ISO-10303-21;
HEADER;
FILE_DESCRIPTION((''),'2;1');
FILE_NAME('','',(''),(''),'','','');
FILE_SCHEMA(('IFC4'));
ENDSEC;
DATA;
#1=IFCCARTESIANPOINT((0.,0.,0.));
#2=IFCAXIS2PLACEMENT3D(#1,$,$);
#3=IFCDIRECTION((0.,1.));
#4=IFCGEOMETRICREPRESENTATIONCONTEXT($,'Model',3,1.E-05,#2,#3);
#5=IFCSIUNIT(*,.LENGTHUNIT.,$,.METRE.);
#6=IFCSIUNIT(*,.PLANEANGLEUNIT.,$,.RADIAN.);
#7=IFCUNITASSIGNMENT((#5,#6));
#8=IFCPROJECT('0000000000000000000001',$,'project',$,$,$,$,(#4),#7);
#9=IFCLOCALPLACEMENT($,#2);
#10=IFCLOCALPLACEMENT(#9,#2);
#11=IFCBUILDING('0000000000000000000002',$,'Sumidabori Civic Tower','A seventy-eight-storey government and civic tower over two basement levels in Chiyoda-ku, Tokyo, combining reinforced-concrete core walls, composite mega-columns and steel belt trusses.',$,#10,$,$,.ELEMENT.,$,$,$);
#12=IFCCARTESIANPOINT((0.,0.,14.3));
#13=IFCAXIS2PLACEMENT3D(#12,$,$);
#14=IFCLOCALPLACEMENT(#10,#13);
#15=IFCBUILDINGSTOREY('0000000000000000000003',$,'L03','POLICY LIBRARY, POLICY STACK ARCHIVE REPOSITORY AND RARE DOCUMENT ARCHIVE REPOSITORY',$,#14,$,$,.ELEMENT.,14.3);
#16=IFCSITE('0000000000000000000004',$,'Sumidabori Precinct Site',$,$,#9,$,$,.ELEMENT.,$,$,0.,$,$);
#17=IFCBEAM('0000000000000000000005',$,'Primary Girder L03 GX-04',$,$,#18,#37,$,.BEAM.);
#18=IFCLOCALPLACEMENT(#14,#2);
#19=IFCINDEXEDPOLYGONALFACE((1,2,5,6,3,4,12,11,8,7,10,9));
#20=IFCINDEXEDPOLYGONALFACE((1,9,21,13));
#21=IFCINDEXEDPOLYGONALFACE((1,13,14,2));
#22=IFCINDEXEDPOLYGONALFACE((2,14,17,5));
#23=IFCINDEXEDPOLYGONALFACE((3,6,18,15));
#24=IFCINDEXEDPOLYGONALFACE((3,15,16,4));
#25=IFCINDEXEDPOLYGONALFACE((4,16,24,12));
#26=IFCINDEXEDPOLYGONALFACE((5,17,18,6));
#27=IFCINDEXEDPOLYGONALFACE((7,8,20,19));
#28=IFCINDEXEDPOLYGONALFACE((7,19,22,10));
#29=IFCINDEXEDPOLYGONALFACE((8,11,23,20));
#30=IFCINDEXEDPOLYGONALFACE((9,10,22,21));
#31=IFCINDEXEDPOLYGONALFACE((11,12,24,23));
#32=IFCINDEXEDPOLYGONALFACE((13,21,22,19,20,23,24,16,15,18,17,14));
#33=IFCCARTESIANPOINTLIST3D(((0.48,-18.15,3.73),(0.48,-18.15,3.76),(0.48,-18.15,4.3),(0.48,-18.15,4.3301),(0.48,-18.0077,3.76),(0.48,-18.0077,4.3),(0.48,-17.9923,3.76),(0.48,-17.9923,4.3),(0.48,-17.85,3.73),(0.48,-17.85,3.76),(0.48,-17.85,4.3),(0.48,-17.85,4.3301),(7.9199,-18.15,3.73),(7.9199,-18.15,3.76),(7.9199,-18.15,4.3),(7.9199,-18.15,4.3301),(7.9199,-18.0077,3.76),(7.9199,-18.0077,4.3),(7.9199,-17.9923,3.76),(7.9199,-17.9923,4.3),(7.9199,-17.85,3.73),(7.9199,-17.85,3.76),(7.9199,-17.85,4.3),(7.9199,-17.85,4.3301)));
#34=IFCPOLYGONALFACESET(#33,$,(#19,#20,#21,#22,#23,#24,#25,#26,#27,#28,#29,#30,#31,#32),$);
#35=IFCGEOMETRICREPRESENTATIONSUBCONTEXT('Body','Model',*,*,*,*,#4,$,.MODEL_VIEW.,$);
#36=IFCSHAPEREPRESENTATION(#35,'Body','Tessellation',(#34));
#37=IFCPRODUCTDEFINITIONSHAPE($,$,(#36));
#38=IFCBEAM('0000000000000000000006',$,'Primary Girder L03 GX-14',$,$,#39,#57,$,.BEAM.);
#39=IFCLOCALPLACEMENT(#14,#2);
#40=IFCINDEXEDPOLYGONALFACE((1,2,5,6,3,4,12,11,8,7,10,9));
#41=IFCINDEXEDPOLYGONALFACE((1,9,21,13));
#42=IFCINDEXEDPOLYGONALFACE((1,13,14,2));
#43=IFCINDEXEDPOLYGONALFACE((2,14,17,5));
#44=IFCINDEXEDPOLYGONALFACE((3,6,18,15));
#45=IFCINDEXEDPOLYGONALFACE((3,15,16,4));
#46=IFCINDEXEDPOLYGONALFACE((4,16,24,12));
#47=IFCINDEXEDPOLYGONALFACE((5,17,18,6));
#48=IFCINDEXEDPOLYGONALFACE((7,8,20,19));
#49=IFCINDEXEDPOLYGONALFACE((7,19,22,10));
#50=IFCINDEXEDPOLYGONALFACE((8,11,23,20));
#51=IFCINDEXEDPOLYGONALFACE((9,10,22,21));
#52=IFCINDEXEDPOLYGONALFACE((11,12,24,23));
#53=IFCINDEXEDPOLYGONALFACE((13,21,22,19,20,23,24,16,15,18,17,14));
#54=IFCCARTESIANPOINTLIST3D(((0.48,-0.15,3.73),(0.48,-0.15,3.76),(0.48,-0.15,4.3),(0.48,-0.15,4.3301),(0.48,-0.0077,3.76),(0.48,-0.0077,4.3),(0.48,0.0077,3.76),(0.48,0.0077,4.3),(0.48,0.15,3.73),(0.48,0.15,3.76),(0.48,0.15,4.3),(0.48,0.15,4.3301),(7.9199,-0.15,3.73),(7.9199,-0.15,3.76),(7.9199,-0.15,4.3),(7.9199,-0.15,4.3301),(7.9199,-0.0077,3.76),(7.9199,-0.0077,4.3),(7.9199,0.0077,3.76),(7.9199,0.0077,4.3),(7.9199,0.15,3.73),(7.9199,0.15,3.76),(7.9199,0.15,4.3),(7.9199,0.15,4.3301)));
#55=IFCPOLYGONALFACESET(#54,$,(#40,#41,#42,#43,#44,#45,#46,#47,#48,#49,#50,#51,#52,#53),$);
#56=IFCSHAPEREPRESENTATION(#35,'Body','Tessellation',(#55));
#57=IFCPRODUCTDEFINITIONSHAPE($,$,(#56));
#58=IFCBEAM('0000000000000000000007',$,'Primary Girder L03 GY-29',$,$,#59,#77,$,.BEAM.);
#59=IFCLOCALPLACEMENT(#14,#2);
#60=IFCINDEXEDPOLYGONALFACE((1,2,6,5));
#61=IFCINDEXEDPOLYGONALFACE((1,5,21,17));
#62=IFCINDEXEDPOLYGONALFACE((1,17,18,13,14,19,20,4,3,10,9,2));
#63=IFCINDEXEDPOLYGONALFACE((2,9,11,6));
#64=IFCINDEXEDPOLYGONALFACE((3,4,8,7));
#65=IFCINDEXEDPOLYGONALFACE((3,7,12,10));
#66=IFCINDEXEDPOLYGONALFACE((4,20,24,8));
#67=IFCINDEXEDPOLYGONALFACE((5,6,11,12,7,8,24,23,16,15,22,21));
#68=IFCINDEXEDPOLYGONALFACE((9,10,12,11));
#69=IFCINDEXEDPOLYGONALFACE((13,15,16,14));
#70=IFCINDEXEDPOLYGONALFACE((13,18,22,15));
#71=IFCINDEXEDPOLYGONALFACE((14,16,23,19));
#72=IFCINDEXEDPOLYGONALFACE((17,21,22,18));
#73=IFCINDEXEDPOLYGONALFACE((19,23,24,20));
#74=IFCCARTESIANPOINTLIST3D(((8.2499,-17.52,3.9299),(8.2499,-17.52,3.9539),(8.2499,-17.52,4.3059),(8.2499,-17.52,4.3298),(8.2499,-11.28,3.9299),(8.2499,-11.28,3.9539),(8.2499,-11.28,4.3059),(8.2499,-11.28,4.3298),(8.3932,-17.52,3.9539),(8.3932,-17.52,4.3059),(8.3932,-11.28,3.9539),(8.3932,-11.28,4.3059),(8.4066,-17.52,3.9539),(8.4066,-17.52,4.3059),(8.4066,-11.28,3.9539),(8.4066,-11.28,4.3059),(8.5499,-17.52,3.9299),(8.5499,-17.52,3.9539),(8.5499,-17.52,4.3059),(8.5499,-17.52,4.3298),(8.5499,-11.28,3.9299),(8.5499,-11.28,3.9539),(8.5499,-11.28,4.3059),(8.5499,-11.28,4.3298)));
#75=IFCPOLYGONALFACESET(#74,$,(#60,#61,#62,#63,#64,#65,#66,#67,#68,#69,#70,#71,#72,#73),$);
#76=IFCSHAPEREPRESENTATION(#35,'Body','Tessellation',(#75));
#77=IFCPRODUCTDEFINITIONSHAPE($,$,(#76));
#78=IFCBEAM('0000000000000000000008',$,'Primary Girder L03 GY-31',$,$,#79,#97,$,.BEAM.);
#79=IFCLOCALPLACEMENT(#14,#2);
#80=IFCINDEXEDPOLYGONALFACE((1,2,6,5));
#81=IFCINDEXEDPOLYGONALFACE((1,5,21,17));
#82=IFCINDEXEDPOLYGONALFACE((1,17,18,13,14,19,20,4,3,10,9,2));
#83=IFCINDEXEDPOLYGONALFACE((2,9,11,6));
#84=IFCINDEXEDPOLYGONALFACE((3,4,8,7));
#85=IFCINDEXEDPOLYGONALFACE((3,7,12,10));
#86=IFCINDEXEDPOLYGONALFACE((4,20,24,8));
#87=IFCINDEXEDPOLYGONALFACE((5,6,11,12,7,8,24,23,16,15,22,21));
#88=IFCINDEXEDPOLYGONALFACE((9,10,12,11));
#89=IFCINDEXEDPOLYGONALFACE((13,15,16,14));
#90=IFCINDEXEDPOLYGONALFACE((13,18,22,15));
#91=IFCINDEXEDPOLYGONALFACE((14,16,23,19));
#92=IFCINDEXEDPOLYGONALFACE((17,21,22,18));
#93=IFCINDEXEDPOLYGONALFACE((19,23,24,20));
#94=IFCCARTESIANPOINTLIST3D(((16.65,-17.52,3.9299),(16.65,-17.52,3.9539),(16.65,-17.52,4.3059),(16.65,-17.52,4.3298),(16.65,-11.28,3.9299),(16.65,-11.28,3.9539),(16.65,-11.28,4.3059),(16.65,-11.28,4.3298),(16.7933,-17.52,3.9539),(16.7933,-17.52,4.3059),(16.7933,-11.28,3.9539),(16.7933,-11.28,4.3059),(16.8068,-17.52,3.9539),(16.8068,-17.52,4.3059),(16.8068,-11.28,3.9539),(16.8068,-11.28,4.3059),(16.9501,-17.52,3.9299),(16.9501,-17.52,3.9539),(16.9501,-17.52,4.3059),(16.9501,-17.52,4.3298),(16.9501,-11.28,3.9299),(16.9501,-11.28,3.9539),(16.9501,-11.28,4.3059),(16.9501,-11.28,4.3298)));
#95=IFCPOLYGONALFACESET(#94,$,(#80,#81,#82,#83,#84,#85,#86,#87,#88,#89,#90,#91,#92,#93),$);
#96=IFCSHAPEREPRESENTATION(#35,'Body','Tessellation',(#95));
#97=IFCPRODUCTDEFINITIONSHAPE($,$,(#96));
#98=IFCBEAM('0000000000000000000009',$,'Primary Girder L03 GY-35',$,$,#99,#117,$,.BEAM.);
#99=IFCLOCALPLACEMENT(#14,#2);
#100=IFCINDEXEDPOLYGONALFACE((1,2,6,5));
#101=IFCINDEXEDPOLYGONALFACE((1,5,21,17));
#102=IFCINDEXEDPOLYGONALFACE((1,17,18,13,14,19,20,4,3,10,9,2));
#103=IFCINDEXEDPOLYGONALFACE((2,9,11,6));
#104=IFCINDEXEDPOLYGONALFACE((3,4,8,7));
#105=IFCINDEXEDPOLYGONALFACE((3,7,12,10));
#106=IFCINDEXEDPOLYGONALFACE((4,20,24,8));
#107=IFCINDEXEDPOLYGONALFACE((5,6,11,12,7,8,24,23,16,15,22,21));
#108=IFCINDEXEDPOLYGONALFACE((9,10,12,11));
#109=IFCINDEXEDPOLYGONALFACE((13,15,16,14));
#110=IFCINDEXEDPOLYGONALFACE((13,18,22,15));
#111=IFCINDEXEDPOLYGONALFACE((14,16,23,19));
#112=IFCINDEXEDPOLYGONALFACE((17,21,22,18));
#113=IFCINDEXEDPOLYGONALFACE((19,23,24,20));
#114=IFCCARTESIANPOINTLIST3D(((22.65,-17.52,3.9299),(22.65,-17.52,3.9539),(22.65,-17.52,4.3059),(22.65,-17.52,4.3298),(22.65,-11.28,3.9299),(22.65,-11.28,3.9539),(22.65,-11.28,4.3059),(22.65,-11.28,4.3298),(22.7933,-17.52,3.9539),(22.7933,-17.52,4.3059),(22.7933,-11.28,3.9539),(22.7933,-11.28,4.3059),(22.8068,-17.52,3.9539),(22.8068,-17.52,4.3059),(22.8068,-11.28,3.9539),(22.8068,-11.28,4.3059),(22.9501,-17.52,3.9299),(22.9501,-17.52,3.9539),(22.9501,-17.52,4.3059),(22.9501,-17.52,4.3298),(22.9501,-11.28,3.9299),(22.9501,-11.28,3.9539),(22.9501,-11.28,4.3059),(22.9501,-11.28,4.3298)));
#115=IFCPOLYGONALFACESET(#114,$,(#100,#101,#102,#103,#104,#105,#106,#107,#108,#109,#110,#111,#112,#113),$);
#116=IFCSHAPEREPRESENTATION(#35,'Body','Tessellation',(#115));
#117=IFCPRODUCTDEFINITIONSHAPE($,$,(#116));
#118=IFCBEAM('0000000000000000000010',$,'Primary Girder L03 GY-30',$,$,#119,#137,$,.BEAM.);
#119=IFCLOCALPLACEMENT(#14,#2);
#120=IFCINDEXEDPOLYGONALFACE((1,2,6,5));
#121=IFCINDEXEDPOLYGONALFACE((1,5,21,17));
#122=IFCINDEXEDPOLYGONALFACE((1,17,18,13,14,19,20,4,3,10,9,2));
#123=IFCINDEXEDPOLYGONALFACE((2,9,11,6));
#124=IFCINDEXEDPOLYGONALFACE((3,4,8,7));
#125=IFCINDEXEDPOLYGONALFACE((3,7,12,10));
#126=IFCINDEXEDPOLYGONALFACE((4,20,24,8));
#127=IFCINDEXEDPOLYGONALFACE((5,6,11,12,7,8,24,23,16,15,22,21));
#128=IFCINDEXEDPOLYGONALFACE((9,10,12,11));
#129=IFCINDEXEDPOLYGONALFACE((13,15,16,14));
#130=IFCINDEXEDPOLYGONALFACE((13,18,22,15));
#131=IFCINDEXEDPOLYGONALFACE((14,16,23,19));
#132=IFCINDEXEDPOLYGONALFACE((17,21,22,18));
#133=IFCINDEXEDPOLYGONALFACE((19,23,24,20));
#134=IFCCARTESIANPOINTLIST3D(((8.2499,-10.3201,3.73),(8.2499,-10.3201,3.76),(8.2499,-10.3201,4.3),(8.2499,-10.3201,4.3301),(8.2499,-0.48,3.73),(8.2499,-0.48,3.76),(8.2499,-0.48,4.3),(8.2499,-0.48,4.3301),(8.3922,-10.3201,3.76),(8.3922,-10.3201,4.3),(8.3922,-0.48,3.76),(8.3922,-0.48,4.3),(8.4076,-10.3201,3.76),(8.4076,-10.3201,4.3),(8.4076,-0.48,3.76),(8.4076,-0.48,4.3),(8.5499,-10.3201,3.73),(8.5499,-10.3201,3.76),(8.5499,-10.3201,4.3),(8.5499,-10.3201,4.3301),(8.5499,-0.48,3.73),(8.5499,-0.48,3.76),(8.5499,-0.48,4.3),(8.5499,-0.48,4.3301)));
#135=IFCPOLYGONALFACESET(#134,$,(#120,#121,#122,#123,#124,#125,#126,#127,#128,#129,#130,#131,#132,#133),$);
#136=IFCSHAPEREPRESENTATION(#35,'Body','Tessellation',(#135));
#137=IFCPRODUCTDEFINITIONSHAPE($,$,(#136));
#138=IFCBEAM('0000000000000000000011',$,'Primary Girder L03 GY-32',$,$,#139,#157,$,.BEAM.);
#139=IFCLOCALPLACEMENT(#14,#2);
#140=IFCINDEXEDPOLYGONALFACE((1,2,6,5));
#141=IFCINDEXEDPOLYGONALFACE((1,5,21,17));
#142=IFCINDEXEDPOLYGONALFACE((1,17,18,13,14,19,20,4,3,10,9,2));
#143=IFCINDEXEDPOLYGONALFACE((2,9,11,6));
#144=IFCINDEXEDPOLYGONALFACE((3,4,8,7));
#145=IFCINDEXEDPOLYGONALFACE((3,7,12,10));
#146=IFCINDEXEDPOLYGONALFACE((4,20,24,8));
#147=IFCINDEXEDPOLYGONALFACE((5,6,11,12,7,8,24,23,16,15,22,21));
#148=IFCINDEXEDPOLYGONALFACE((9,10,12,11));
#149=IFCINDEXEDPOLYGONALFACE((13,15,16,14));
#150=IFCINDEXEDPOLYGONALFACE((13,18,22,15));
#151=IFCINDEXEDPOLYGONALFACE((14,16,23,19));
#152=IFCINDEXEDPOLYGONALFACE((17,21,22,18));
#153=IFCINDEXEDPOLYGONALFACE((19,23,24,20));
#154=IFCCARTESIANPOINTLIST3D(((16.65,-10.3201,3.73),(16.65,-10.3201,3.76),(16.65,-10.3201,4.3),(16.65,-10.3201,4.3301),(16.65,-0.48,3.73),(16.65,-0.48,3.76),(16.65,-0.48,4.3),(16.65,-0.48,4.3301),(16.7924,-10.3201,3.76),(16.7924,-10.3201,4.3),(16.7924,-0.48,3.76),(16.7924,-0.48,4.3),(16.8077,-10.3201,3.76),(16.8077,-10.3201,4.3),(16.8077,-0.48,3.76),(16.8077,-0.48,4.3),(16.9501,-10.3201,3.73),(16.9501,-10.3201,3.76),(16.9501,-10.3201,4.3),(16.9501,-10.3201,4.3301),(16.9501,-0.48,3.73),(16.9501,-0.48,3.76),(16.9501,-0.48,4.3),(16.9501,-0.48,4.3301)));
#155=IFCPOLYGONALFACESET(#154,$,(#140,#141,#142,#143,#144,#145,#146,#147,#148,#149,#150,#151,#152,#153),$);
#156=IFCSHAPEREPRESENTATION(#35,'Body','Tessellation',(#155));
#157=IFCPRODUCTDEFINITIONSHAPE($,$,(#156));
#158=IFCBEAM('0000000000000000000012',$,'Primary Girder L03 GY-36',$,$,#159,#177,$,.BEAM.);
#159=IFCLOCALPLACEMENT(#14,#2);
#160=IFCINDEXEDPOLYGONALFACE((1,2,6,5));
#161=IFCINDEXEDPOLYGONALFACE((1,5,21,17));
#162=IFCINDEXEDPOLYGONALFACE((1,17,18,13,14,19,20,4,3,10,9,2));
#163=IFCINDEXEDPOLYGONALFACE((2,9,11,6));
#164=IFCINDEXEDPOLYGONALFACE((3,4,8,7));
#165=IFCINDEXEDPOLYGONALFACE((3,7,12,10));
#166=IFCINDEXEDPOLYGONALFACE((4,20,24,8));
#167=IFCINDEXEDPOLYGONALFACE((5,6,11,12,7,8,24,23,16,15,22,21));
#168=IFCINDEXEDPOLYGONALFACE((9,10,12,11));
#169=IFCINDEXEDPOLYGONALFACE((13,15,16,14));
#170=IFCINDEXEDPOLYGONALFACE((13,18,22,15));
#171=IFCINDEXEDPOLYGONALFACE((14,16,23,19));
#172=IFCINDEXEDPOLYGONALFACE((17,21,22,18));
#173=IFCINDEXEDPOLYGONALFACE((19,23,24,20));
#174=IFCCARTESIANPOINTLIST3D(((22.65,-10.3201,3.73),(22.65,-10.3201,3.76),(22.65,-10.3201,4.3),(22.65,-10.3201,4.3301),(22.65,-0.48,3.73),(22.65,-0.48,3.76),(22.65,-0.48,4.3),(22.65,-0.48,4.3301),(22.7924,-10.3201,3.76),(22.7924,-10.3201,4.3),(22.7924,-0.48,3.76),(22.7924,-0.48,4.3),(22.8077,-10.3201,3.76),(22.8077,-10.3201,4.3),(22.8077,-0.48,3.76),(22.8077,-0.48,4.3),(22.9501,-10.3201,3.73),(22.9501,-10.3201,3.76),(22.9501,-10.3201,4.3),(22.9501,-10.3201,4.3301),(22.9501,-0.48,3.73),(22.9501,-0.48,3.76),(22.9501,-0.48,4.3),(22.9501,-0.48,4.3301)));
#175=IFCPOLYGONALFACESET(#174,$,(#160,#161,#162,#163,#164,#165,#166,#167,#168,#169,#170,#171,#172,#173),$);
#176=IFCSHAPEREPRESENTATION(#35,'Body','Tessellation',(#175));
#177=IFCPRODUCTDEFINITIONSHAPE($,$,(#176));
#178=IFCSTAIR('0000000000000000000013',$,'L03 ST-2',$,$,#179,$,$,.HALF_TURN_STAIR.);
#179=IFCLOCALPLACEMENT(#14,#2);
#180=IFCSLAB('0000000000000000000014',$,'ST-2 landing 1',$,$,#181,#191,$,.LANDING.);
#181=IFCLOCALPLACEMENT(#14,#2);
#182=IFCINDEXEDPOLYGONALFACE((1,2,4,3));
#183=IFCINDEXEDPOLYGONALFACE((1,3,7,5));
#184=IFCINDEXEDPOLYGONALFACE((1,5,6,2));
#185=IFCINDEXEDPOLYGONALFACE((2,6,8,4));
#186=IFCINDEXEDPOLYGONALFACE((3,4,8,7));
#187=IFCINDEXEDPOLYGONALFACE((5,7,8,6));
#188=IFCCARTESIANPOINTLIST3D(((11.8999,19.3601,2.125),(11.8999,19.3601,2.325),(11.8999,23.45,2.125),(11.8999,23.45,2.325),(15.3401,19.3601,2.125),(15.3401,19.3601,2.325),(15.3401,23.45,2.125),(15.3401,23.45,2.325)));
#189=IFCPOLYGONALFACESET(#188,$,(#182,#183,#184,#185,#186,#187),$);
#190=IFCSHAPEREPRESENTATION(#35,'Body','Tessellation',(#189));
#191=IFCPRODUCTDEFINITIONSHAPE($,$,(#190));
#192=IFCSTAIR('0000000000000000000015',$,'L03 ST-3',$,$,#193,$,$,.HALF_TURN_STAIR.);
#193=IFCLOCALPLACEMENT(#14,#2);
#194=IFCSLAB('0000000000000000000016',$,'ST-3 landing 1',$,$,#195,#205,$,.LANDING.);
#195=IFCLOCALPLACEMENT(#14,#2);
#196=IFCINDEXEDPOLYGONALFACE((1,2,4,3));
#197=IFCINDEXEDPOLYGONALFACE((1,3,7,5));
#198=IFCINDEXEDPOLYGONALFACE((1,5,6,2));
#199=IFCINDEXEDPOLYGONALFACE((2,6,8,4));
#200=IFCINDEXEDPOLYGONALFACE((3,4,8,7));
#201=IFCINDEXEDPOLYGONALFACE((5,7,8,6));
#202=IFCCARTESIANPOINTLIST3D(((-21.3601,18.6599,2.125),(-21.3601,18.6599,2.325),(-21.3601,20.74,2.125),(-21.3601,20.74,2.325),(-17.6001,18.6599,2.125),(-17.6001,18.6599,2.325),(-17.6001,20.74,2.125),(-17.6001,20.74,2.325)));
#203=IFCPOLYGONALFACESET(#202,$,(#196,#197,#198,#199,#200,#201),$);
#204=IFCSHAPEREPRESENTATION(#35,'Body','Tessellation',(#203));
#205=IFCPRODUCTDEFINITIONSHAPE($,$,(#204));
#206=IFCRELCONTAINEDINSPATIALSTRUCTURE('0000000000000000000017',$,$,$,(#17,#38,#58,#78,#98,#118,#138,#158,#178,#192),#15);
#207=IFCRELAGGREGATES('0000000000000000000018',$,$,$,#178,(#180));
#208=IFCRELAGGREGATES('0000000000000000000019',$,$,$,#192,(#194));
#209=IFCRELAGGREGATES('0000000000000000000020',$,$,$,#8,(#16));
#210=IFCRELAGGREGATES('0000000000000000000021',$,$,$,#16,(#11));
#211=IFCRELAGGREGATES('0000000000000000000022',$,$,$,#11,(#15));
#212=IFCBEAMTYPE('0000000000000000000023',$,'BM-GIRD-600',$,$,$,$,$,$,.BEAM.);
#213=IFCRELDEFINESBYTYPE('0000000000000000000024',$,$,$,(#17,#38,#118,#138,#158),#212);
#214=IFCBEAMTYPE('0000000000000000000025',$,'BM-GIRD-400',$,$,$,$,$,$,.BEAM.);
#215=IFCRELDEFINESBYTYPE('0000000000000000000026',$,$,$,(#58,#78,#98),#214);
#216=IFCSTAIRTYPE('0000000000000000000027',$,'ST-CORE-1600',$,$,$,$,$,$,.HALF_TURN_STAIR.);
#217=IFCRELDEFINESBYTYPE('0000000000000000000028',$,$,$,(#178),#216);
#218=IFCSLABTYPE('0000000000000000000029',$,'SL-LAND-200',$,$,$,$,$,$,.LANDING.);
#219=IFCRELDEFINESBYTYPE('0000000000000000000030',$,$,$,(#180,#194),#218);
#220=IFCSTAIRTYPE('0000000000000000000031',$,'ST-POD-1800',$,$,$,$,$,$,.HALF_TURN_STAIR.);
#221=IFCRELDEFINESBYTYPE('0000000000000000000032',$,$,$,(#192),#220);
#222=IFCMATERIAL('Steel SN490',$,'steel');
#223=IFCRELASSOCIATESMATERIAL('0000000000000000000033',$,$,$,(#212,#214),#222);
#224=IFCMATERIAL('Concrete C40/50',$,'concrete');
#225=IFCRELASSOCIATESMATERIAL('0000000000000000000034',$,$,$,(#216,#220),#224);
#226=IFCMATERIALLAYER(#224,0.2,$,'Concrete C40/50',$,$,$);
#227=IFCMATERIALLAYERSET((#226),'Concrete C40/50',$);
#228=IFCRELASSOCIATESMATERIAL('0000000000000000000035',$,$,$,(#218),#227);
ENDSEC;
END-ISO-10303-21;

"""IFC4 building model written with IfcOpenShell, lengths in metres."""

from ifc_helpers import new_model, si_unit, direction, frame, origin, origin_2d, place, context, subcontext, project, spatial, polyline, i_section, outline, extrude, source, transform, mapped, material, layer, layer_set, material_profile, profile_set, type_object, element, aggregate, save


model = new_model("IFC4")

# Units and contexts
model_context = context("Model", 3, precision=1e-05, world=origin(), true_north=direction((0.0, 1.0)))
body_context = subcontext(model_context, "Body", "Model", "MODEL_VIEW")
ifc_project = project(units=[si_unit("LENGTHUNIT", "METRE"), si_unit("PLANEANGLEUNIT", "RADIAN")], contexts=[model_context])

# Site, building, storey
site_placement = place(None, origin())
site = spatial("IfcSite", under=ifc_project, at=site_placement, Name="Sumidabori Precinct Site", CompositionType="ELEMENT", RefElevation=0.0)
building_placement = place(site_placement, origin())
building = spatial("IfcBuilding", under=site, at=building_placement, Name="Sumidabori Civic Tower", Description="A seventy-eight-storey government and civic tower over two basement levels in Chiyoda-ku, Tokyo, combining reinforced-concrete core walls, composite mega-columns and steel belt trusses.", CompositionType="ELEMENT")
storey_placement = place(building_placement, frame((0.0, 0.0, 14.3)))
storey = spatial("IfcBuildingStorey", under=building, at=storey_placement, Name="L03", Description="POLICY LIBRARY, POLICY STACK ARCHIVE REPOSITORY AND RARE DOCUMENT ARCHIVE REPOSITORY", CompositionType="ELEMENT", Elevation=14.3)

# Beams
ifc_material_1 = material(Name="Steel SN490", Category="steel")
ifc_material_profile_1 = material_profile(ifc_material_1, i_section(OverallWidth=0.3, OverallDepth=0.6001, WebThickness=0.0154, FlangeThickness=0.03, at=origin_2d()), Name="HE 600 B")
ifc_profile_set_1 = profile_set([ifc_material_profile_1], Name="Steel SN490")
beam_type_1 = type_object("IfcBeamType", Name="BM-GIRD-600", PredefinedType="BEAM", material=ifc_profile_set_1)
shared_shape_1 = source(origin(), body_context, "Body", "SweptSolid", [
    extrude(i_section(OverallWidth=0.3, OverallDepth=0.6001, WebThickness=0.0154, FlangeThickness=0.03, at=origin_2d()), origin(), (0.0, 0.0, 1.0), 7.4399),
])
for number, where, z_axis, x_axis, name in (
    (1, (0.48, -18.0, 4.03), (1.0, 0.0, 0.0), (0.0, 1.0, 0.0), "Primary Girder L03 GX-04"),
    (2, (0.48, 0.0, 4.03), (1.0, 0.0, 0.0), (0.0, 1.0, 0.0), "Primary Girder L03 GX-14"),
):
    element("IfcBeam", number, at=place(storey_placement, frame(where, z_axis=z_axis, x_axis=x_axis)), inside=storey, type_object=beam_type_1, Name=name, PredefinedType="BEAM", context=body_context, shape_type="MappedRepresentation", body=[
        mapped(shared_shape_1, transform((0.0, 0.0, 0.0), x_axis=(1.0, 0.0, 0.0), y_axis=(0.0, 1.0, 0.0), z_axis=(0.0, 0.0, 1.0), scale=1.0)),
    ])
ifc_material_profile_2 = material_profile(ifc_material_1, i_section(OverallWidth=0.3, OverallDepth=0.3999, WebThickness=0.0134, FlangeThickness=0.0239, at=origin_2d()), Name="HE 400 B")
ifc_profile_set_2 = profile_set([ifc_material_profile_2], Name="Steel SN490")
beam_type_2 = type_object("IfcBeamType", Name="BM-GIRD-400", PredefinedType="BEAM", material=ifc_profile_set_2)
shared_shape_2 = source(origin(), body_context, "Body", "SweptSolid", [
    extrude(i_section(OverallWidth=0.3, OverallDepth=0.3999, WebThickness=0.0134, FlangeThickness=0.0239, at=origin_2d()), origin(), (0.0, 0.0, 1.0), 6.24),
])
for number, where, z_axis, x_axis, name in (
    (3, (8.3999, -17.52, 4.1299), (0.0, 1.0, 0.0), (-1.0, 0.0, 0.0), "Primary Girder L03 GY-29"),
    (4, (16.8, -17.52, 4.1299), (0.0, 1.0, 0.0), (-1.0, 0.0, 0.0), "Primary Girder L03 GY-31"),
    (5, (22.8, -17.52, 4.1299), (0.0, 1.0, 0.0), (-1.0, 0.0, 0.0), "Primary Girder L03 GY-35"),
):
    element("IfcBeam", number, at=place(storey_placement, frame(where, z_axis=z_axis, x_axis=x_axis)), inside=storey, type_object=beam_type_2, Name=name, PredefinedType="BEAM", context=body_context, shape_type="MappedRepresentation", body=[
        mapped(shared_shape_2, transform((0.0, 0.0, 0.0), x_axis=(1.0, 0.0, 0.0), y_axis=(0.0, 1.0, 0.0), z_axis=(0.0, 0.0, 1.0), scale=1.0)),
    ])
shared_shape_3 = source(origin(), body_context, "Body", "SweptSolid", [
    extrude(i_section(OverallWidth=0.3, OverallDepth=0.6001, WebThickness=0.0154, FlangeThickness=0.03, at=origin_2d()), origin(), (0.0, 0.0, 1.0), 9.8401),
])
for number, where, z_axis, x_axis, name in (
    (6, (8.3999, -10.3201, 4.03), (0.0, 1.0, 0.0), (-1.0, 0.0, 0.0), "Primary Girder L03 GY-30"),
    (7, (16.8, -10.3201, 4.03), (0.0, 1.0, 0.0), (-1.0, 0.0, 0.0), "Primary Girder L03 GY-32"),
    (8, (22.8, -10.3201, 4.03), (0.0, 1.0, 0.0), (-1.0, 0.0, 0.0), "Primary Girder L03 GY-36"),
):
    element("IfcBeam", number, at=place(storey_placement, frame(where, z_axis=z_axis, x_axis=x_axis)), inside=storey, type_object=beam_type_1, Name=name, PredefinedType="BEAM", context=body_context, shape_type="MappedRepresentation", body=[
        mapped(shared_shape_3, transform((0.0, 0.0, 0.0), x_axis=(1.0, 0.0, 0.0), y_axis=(0.0, 1.0, 0.0), z_axis=(0.0, 0.0, 1.0), scale=1.0)),
    ])

# Stairs, slabs
ifc_material_2 = material(Name="Concrete C40/50", Category="concrete")
stair_type_1 = type_object("IfcStairType", Name="ST-CORE-1600", PredefinedType="HALF_TURN_STAIR", material=ifc_material_2)
stair_1_placement = place(storey_placement, origin())
stair_1 = element("IfcStair", 9, at=stair_1_placement, inside=storey, type_object=stair_type_1, Name="L03 ST-2", PredefinedType="HALF_TURN_STAIR")
ifc_layer_1 = layer(ifc_material_2, 0.2, Name="Concrete C40/50")
ifc_layer_set_1 = layer_set([ifc_layer_1], Name="Concrete C40/50")
slab_type = type_object("IfcSlabType", Name="SL-LAND-200", PredefinedType="LANDING", material=ifc_layer_set_1)
slab_1_placement = place(storey_placement, frame((0.0, 0.0, 2.125)))
slab_1 = element("IfcSlab", 10, at=slab_1_placement, type_object=slab_type, Name="ST-2 landing 1", PredefinedType="LANDING", context=body_context, shape_type="SweptSolid", body=[
    extrude(outline(polyline([(15.3401, 19.3601), (15.3401, 23.45), (11.8999, 23.45), (11.8999, 19.3601), (15.3401, 19.3601)])), origin(), (0.0, 0.0, 1.0), 0.2),
])
aggregate(stair_1, [slab_1])
stair_type_2 = type_object("IfcStairType", Name="ST-POD-1800", PredefinedType="HALF_TURN_STAIR", material=ifc_material_2)
stair_2_placement = place(storey_placement, origin())
stair_2 = element("IfcStair", 11, at=stair_2_placement, inside=storey, type_object=stair_type_2, Name="L03 ST-3", PredefinedType="HALF_TURN_STAIR")
slab_2_placement = place(storey_placement, frame((0.0, 0.0, 2.125)))
slab_2 = element("IfcSlab", 12, at=slab_2_placement, type_object=slab_type, Name="ST-3 landing 1", PredefinedType="LANDING", context=body_context, shape_type="SweptSolid", body=[
    extrude(outline(polyline([(-17.6001, 18.6599), (-17.6001, 20.74), (-21.3601, 20.74), (-21.3601, 18.6599), (-17.6001, 18.6599)])), origin(), (0.0, 0.0, 1.0), 0.2),
])
aggregate(stair_2, [slab_2])

save(model, "model.ifc")
